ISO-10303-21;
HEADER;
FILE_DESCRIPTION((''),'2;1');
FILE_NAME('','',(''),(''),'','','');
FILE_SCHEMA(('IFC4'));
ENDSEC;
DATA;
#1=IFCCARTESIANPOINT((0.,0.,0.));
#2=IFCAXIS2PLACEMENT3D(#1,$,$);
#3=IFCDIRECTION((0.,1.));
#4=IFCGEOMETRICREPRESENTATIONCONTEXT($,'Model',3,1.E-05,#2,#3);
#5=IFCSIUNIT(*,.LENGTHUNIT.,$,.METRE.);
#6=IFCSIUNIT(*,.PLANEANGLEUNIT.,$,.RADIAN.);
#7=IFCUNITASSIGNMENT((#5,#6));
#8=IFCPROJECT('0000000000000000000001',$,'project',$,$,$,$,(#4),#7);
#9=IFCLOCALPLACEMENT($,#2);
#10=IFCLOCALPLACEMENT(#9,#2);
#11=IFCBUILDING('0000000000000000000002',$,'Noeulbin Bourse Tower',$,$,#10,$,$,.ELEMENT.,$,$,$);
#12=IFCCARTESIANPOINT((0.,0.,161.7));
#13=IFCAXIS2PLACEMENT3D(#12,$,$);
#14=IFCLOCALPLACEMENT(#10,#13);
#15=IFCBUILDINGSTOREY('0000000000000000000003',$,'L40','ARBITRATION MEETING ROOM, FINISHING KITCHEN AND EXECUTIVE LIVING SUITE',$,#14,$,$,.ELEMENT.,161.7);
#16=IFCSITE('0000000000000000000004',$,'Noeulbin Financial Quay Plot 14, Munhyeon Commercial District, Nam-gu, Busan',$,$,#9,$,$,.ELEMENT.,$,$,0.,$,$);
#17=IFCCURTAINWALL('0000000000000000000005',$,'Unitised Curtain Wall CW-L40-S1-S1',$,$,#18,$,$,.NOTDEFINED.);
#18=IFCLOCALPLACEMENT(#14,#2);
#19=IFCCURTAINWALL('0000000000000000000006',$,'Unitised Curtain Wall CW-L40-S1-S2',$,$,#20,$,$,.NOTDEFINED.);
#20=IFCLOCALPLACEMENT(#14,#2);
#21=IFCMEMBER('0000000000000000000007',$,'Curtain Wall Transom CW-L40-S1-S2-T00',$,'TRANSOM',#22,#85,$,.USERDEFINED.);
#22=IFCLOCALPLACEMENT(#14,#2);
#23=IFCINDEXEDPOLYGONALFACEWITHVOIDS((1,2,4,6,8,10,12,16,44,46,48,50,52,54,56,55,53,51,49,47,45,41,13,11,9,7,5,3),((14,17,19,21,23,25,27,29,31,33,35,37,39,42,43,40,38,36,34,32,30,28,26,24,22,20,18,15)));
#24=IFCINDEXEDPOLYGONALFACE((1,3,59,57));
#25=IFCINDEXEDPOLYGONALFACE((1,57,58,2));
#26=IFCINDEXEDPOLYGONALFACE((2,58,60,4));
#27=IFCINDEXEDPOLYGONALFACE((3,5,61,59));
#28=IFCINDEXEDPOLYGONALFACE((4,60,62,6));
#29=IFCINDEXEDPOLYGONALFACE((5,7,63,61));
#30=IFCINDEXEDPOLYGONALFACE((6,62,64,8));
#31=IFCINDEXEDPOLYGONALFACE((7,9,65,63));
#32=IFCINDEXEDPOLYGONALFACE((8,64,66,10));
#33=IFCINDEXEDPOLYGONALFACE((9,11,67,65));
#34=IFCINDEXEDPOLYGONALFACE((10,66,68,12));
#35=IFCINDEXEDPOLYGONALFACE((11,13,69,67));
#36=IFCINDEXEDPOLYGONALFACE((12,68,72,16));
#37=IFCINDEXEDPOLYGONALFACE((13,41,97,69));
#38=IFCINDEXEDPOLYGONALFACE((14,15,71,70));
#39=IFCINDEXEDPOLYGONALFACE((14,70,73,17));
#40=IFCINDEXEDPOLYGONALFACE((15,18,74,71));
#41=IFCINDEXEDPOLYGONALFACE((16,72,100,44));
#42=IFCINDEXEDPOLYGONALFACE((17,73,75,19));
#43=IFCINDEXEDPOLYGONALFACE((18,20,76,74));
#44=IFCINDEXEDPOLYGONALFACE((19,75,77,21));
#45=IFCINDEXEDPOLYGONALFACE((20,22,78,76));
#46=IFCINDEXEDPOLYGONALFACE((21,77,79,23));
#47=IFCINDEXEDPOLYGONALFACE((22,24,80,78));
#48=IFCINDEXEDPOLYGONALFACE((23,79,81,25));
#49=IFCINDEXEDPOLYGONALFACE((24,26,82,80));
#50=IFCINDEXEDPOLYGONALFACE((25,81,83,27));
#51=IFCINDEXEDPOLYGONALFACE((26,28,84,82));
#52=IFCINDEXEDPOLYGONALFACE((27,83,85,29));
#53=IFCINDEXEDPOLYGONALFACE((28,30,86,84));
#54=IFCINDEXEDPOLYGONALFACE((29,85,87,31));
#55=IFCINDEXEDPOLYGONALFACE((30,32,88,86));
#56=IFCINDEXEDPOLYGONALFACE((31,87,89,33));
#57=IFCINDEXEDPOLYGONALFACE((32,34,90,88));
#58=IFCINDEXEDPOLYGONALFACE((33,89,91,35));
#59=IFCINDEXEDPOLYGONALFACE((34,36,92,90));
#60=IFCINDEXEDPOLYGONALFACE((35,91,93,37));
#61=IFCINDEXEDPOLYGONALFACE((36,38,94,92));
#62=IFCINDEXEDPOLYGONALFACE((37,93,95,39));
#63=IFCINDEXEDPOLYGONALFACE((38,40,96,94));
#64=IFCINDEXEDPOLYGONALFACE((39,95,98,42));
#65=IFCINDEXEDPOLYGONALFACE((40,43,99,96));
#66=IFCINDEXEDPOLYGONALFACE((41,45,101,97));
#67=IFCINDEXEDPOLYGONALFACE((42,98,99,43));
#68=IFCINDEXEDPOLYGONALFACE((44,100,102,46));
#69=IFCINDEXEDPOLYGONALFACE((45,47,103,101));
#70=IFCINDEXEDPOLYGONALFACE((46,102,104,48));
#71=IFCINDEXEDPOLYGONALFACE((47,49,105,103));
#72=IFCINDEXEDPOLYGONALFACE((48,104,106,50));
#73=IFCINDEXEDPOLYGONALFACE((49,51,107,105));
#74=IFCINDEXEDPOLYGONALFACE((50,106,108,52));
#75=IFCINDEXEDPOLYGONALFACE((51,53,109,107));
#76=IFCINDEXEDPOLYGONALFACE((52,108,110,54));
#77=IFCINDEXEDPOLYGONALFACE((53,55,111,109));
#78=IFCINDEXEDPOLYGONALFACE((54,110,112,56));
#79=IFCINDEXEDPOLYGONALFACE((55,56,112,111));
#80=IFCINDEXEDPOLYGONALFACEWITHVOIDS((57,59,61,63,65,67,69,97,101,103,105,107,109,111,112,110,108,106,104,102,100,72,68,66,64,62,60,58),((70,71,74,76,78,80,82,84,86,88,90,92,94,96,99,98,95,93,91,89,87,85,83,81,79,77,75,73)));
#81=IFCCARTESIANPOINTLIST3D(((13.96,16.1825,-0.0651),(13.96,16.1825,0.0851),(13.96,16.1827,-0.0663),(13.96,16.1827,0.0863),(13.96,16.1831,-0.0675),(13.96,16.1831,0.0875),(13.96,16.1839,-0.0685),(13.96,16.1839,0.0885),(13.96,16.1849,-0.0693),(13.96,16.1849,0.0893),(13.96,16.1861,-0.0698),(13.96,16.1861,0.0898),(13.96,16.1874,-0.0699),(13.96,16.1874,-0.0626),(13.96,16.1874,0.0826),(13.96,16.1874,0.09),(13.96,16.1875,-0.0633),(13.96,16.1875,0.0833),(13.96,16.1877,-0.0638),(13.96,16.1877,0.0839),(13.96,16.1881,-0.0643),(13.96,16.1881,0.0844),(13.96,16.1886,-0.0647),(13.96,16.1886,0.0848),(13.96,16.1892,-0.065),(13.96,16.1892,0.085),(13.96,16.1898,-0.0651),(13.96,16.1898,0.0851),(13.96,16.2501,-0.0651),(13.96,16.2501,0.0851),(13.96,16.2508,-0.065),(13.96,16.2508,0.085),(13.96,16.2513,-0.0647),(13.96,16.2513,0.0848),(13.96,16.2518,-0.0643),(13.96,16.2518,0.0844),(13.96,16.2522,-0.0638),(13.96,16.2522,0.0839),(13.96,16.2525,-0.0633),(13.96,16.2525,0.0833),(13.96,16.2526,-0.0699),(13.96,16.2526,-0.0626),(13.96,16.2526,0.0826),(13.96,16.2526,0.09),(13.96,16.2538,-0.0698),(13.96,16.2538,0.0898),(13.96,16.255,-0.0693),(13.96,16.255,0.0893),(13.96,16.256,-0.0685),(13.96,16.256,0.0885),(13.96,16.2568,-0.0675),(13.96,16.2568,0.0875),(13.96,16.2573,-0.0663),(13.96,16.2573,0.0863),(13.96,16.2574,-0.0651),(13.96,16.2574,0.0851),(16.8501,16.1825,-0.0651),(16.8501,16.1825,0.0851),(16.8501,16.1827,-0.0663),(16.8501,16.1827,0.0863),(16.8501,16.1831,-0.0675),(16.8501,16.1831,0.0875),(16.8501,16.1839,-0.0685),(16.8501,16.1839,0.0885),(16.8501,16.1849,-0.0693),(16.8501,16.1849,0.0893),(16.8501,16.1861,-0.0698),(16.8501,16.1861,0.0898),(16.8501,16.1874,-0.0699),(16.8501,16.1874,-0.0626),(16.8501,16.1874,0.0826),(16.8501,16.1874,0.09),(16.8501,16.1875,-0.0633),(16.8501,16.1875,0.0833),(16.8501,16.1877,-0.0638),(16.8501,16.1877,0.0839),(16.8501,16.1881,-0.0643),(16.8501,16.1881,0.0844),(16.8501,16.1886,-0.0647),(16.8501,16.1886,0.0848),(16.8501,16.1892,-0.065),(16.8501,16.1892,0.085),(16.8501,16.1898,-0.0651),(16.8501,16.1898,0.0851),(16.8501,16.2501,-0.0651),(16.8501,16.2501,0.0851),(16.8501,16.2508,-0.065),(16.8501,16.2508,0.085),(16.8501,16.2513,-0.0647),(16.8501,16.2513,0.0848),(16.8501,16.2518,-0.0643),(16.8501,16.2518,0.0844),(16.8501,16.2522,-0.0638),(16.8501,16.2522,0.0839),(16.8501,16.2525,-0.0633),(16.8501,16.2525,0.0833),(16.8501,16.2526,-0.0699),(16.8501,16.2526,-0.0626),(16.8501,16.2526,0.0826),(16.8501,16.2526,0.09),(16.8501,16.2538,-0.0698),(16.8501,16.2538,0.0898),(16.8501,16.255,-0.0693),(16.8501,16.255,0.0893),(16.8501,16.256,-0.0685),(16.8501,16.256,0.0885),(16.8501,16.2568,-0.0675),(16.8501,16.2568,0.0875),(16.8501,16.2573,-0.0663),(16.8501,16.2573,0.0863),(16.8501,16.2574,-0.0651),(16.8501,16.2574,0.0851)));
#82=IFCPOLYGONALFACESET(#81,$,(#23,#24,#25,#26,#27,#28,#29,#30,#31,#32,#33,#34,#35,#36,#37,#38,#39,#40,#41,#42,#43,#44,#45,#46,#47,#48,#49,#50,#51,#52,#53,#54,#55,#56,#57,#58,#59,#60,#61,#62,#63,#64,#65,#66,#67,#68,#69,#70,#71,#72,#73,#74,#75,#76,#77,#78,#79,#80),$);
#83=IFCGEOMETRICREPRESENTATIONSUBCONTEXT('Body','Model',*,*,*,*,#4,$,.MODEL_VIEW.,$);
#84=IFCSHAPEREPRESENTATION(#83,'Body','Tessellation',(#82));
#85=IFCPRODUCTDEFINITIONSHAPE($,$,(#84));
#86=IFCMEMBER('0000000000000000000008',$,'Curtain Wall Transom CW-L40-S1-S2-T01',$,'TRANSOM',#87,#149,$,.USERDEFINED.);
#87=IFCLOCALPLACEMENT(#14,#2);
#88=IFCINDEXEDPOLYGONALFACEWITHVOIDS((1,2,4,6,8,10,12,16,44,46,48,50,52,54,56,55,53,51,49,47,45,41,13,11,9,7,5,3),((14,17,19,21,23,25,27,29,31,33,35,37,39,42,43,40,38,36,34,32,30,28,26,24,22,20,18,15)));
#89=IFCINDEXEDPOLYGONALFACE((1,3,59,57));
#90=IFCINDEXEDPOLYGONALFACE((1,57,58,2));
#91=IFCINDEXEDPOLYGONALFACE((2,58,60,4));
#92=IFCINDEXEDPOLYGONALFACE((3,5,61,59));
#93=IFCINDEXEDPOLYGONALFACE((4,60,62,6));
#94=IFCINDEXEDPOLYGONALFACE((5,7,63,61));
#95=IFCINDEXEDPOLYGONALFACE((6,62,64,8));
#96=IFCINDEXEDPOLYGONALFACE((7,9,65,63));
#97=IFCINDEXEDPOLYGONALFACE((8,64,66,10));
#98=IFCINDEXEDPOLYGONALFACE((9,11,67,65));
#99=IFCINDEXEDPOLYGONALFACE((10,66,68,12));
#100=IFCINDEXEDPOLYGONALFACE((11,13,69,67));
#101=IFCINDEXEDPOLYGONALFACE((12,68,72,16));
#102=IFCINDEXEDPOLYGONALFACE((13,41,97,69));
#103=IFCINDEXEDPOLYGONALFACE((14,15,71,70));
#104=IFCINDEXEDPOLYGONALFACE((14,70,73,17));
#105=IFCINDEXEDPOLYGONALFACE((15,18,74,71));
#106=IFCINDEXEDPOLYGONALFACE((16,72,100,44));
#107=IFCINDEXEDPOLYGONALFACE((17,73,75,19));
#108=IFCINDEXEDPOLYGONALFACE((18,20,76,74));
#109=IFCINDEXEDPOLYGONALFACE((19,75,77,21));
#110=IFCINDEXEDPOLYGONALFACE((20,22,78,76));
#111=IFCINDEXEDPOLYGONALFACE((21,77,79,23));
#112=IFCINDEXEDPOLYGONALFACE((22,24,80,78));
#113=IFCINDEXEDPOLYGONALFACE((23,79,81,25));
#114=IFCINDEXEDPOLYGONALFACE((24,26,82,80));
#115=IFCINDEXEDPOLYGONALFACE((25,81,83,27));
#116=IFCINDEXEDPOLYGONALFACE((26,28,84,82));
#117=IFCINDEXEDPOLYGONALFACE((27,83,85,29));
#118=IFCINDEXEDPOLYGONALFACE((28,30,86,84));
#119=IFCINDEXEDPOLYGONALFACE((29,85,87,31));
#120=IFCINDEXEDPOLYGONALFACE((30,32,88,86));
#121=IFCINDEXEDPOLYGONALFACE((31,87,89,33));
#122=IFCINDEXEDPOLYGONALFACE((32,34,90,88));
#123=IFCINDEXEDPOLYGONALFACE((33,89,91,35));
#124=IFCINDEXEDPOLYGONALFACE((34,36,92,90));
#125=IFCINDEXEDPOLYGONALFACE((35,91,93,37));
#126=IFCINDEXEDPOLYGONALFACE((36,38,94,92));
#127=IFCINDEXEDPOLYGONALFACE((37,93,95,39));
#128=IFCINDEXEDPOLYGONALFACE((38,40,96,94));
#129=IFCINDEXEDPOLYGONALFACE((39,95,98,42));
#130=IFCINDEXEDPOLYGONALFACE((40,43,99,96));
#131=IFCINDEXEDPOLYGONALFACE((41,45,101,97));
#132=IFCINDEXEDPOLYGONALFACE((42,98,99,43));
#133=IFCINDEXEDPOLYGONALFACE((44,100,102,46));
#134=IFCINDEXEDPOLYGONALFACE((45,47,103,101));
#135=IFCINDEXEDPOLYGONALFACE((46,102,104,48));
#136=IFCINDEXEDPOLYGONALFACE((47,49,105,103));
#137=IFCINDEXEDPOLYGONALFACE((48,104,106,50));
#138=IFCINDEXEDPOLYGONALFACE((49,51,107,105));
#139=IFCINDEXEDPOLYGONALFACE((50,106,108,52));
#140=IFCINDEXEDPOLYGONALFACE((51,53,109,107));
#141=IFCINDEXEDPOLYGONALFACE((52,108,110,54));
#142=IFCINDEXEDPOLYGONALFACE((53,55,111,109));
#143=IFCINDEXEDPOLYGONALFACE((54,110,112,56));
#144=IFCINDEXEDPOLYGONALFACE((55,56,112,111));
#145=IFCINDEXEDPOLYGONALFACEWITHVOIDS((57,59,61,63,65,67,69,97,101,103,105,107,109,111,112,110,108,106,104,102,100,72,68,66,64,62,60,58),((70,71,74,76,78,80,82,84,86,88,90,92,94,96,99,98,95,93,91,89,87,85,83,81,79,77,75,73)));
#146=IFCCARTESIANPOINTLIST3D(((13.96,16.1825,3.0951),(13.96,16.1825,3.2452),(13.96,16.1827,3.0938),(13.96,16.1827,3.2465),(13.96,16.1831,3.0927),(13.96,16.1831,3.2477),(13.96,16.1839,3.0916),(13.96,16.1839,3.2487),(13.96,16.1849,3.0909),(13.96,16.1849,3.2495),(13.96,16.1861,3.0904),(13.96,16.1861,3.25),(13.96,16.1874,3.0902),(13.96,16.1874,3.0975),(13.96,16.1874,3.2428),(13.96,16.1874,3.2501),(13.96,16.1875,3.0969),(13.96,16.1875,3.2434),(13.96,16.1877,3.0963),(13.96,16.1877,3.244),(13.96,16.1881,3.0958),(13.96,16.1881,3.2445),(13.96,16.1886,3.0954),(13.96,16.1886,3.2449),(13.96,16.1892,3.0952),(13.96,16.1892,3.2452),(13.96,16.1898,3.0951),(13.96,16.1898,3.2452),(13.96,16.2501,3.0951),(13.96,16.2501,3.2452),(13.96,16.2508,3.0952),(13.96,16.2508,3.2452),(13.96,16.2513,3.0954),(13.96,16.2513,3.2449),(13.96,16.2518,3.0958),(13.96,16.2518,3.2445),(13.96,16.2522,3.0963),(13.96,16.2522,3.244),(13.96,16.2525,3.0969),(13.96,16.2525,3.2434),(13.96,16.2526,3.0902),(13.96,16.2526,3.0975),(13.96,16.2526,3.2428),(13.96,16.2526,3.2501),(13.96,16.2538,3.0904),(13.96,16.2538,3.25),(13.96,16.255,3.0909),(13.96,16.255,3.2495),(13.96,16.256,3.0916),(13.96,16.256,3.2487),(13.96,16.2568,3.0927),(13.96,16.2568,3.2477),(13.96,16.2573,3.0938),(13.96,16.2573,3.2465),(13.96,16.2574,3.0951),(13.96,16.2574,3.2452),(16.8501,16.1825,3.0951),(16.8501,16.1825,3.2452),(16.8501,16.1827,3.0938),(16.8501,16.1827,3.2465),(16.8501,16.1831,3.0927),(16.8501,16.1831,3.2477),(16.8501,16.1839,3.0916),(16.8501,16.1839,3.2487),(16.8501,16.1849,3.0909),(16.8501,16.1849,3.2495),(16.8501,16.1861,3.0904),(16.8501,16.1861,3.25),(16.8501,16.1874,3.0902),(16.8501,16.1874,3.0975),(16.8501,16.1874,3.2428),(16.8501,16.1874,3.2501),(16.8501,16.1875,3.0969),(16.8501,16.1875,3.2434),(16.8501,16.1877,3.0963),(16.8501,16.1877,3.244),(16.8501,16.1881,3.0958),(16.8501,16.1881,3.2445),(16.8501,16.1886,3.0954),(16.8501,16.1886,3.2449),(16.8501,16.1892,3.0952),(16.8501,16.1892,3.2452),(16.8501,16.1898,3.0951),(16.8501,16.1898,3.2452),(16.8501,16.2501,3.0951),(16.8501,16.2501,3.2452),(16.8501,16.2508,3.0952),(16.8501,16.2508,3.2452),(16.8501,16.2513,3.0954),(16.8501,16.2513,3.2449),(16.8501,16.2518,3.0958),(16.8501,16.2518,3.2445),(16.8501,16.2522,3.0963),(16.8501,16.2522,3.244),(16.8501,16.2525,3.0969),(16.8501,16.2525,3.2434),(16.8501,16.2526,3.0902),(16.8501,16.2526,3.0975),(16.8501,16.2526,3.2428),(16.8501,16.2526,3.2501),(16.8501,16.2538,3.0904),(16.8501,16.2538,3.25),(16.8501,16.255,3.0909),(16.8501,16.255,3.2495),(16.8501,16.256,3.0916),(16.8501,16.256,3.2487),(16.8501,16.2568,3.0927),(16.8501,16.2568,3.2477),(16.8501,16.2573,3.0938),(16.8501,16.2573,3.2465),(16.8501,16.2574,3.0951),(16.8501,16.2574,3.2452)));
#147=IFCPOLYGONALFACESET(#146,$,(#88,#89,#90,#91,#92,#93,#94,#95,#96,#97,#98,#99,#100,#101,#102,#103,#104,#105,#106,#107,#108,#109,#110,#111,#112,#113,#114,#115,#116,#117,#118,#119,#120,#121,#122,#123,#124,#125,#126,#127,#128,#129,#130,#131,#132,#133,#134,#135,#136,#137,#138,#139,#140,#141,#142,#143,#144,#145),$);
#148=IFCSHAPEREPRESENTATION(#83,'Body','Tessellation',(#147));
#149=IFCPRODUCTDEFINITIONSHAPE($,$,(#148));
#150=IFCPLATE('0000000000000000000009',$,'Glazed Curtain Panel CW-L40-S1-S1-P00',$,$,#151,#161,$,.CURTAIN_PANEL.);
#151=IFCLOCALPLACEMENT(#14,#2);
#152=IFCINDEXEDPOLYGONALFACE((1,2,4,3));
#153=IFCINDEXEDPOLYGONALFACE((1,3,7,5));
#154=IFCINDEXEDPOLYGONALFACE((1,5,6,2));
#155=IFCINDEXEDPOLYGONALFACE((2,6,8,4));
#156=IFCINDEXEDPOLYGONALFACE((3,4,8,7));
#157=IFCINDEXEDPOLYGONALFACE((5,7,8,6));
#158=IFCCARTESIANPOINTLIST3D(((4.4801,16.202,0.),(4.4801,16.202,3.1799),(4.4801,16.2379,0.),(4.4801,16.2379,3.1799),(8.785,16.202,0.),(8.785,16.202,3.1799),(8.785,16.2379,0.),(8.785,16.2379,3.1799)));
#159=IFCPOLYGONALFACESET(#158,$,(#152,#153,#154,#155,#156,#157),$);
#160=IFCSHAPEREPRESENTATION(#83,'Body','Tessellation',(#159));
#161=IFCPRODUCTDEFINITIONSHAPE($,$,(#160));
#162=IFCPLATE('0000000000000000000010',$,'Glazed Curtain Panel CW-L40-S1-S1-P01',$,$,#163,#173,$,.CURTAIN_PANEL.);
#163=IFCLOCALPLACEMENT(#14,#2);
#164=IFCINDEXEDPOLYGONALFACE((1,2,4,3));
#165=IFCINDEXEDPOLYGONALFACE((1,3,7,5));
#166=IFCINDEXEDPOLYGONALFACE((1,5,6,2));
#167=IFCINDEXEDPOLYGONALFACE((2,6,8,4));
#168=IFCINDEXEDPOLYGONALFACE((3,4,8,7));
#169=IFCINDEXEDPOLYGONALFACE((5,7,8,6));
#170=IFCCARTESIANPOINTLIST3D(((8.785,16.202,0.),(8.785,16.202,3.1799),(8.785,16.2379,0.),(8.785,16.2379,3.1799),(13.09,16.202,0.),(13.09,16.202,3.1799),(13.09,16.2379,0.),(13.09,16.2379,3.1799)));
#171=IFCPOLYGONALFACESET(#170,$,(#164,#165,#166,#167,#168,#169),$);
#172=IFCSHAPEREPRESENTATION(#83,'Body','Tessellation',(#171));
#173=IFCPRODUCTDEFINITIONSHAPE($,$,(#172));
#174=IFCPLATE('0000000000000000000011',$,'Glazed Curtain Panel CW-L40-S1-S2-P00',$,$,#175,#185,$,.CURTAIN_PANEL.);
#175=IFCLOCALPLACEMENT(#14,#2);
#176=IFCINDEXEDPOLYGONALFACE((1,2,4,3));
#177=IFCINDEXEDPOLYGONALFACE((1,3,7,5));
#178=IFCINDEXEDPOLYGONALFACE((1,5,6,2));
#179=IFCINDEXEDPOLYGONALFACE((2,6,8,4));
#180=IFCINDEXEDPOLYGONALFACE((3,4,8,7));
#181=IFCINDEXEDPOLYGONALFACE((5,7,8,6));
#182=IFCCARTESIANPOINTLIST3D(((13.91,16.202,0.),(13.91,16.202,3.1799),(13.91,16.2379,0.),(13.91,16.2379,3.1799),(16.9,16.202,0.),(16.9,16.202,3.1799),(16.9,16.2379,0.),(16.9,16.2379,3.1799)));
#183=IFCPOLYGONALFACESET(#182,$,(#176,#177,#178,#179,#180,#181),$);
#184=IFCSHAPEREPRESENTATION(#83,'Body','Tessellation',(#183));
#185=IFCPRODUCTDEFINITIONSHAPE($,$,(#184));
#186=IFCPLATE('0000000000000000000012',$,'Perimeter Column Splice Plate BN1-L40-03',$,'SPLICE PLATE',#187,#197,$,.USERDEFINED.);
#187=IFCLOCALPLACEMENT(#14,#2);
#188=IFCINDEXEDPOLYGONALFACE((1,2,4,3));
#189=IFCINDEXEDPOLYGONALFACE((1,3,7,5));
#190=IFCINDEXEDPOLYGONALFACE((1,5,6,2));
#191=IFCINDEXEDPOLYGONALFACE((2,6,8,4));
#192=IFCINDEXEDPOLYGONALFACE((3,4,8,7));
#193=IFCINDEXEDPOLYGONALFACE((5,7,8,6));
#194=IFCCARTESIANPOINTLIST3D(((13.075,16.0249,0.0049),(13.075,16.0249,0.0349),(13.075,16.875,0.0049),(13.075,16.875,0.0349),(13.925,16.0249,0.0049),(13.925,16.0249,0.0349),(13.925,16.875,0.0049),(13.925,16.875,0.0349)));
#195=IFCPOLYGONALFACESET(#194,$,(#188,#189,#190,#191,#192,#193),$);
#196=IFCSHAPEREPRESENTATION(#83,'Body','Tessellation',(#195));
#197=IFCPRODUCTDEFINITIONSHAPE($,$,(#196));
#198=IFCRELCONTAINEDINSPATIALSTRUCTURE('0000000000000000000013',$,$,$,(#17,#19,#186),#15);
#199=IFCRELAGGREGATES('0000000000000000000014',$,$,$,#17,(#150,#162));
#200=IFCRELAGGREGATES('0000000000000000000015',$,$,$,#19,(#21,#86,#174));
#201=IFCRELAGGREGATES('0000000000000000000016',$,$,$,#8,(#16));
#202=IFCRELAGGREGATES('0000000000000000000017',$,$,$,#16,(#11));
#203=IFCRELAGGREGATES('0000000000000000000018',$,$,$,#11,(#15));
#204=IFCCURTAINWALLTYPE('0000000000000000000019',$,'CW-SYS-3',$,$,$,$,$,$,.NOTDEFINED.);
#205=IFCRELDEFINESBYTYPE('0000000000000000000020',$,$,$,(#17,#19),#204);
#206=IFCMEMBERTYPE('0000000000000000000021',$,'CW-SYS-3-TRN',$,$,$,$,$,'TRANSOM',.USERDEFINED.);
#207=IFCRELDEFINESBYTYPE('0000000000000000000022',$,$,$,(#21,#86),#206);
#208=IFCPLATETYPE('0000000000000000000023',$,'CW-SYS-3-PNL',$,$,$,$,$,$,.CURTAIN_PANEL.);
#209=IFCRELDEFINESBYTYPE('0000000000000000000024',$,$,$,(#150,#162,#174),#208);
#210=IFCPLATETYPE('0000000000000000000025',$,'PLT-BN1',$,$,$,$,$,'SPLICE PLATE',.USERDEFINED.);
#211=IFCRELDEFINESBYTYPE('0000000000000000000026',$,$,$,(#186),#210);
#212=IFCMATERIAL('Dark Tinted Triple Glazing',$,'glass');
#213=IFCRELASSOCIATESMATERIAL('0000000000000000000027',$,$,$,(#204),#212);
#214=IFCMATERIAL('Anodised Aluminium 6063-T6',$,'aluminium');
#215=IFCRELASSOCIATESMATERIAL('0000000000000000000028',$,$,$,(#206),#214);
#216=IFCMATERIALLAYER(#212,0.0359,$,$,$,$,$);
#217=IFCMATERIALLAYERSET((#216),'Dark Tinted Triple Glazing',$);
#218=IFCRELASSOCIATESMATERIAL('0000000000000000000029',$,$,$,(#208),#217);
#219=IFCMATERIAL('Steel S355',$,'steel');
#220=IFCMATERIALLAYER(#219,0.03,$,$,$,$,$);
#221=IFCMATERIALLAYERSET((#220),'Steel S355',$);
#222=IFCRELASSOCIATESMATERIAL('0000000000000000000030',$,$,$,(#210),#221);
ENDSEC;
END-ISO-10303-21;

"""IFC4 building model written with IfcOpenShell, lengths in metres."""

from ifc_helpers import new_model, si_unit, direction, frame, origin, origin_2d, place, context, subcontext, project, spatial, rectangle, hollow_rectangle, extrude, material, layer, layer_set, material_profile, profile_set, type_object, element, aggregate, save


model = new_model("IFC4")

# Units and contexts
model_context = context("Model", 3, precision=1e-05, world=origin(), true_north=direction((0.0, 1.0)))
body_context = subcontext(model_context, "Body", "Model", "MODEL_VIEW")
ifc_project = project(units=[si_unit("LENGTHUNIT", "METRE"), si_unit("PLANEANGLEUNIT", "RADIAN")], contexts=[model_context])

# Site, building, storey
site_placement = place(None, origin())
site = spatial("IfcSite", under=ifc_project, at=site_placement, Name="Noeulbin Financial Quay Plot 14, Munhyeon Commercial District, Nam-gu, Busan", CompositionType="ELEMENT", RefElevation=0.0)
building_placement = place(site_placement, origin())
building = spatial("IfcBuilding", under=site, at=building_placement, Name="Noeulbin Bourse Tower", CompositionType="ELEMENT")
storey_placement = place(building_placement, frame((0.0, 0.0, 161.7)))
storey = spatial("IfcBuildingStorey", under=building, at=storey_placement, Name="L40", Description="ARBITRATION MEETING ROOM, FINISHING KITCHEN AND EXECUTIVE LIVING SUITE", CompositionType="ELEMENT", Elevation=161.7)

# Shared definitions
ifc_material_1 = material(Name="Steel S355", Category="steel")

# Curtain walls
ifc_material_2 = material(Name="Dark Tinted Triple Glazing", Category="glass")
curtain_wall_type = type_object("IfcCurtainWallType", Name="CW-SYS-3", PredefinedType="NOTDEFINED", material=ifc_material_2)
curtain_wall_1_placement = place(storey_placement, origin())
curtain_wall_1 = element("IfcCurtainWall", 1, at=curtain_wall_1_placement, inside=storey, type_object=curtain_wall_type, Name="Unitised Curtain Wall CW-L40-S1-S1", PredefinedType="NOTDEFINED")
ifc_material_3 = material(Name="Anodised Aluminium 6063-T6", Category="aluminium")
curtain_wall_2_placement = place(storey_placement, origin())
curtain_wall_2 = element("IfcCurtainWall", 2, at=curtain_wall_2_placement, inside=storey, type_object=curtain_wall_type, Name="Unitised Curtain Wall CW-L40-S1-S2", PredefinedType="NOTDEFINED")

# Members
ifc_material_profile_1 = material_profile(ifc_material_3, hollow_rectangle(XDim=0.075, YDim=0.1599, WallThickness=0.0049, InnerFilletRadius=0.0024, OuterFilletRadius=0.0049, at=origin_2d()), Name="ALU-TRAN-75x160x5", Category="LoadBearing")
ifc_profile_set_1 = profile_set([ifc_material_profile_1], Name="Anodised Aluminium 6063-T6")
member_type_1 = type_object("IfcMemberType", Name="CW-SYS-3-TRN", ElementType="TRANSOM", PredefinedType="USERDEFINED", material=ifc_profile_set_1)
member_1_placement = place(storey_placement, frame((13.96, 16.22, 0.01), z_axis=(1.0, 0.0, 0.0), x_axis=(0.0, 1.0, 0.0)))
member_1 = element("IfcMember", 3, at=member_1_placement, type_object=member_type_1, Name="Curtain Wall Transom CW-L40-S1-S2-T00", ObjectType="TRANSOM", PredefinedType="USERDEFINED", context=body_context, shape_type="SweptSolid", body=[
    extrude(hollow_rectangle(XDim=0.075, YDim=0.1599, WallThickness=0.0049, InnerFilletRadius=0.0024, OuterFilletRadius=0.0049, at=origin_2d()), origin(), (0.0, 0.0, 1.0), 2.8901),
])
member_2_placement = place(storey_placement, frame((13.96, 16.22, 3.1702), z_axis=(1.0, 0.0, 0.0), x_axis=(0.0, 1.0, 0.0)))
member_2 = element("IfcMember", 4, at=member_2_placement, type_object=member_type_1, Name="Curtain Wall Transom CW-L40-S1-S2-T01", ObjectType="TRANSOM", PredefinedType="USERDEFINED", context=body_context, shape_type="SweptSolid", body=[
    extrude(hollow_rectangle(XDim=0.075, YDim=0.1599, WallThickness=0.0049, InnerFilletRadius=0.0024, OuterFilletRadius=0.0049, at=origin_2d()), origin(), (0.0, 0.0, 1.0), 2.8901),
])

# Plates
ifc_layer_1 = layer(ifc_material_2, 0.0359)
ifc_layer_set_1 = layer_set([ifc_layer_1], Name="Dark Tinted Triple Glazing")
plate_type_1 = type_object("IfcPlateType", Name="CW-SYS-3-PNL", PredefinedType="CURTAIN_PANEL", material=ifc_layer_set_1)
plate_1_placement = place(storey_placement, frame((6.6326, 16.22, 0.0), z_axis=(0.0, 0.0, 1.0), x_axis=(1.0, 0.0, 0.0)))
plate_1 = element("IfcPlate", 5, at=plate_1_placement, type_object=plate_type_1, Name="Glazed Curtain Panel CW-L40-S1-S1-P00", PredefinedType="CURTAIN_PANEL", context=body_context, shape_type="SweptSolid", body=[
    extrude(rectangle(XDim=4.3049, YDim=0.0359, at=origin_2d()), origin(), (0.0, 0.0, 1.0), 3.1799),
])
plate_2_placement = place(storey_placement, frame((10.9375, 16.22, 0.0), z_axis=(0.0, 0.0, 1.0), x_axis=(1.0, 0.0, 0.0)))
plate_2 = element("IfcPlate", 6, at=plate_2_placement, type_object=plate_type_1, Name="Glazed Curtain Panel CW-L40-S1-S1-P01", PredefinedType="CURTAIN_PANEL", context=body_context, shape_type="SweptSolid", body=[
    extrude(rectangle(XDim=4.3049, YDim=0.0359, at=origin_2d()), origin(), (0.0, 0.0, 1.0), 3.1799),
])
aggregate(curtain_wall_1, [plate_1, plate_2])
plate_3_placement = place(storey_placement, frame((15.405, 16.22, 0.0), z_axis=(0.0, 0.0, 1.0), x_axis=(1.0, 0.0, 0.0)))
plate_3 = element("IfcPlate", 7, at=plate_3_placement, type_object=plate_type_1, Name="Glazed Curtain Panel CW-L40-S1-S2-P00", PredefinedType="CURTAIN_PANEL", context=body_context, shape_type="SweptSolid", body=[
    extrude(rectangle(XDim=2.99, YDim=0.0359, at=origin_2d()), origin(), (0.0, 0.0, 1.0), 3.1799),
])
aggregate(curtain_wall_2, [member_1, member_2, plate_3])
ifc_layer_2 = layer(ifc_material_1, 0.03)
ifc_layer_set_2 = layer_set([ifc_layer_2], Name="Steel S355")
plate_type_2 = type_object("IfcPlateType", Name="PLT-BN1", ElementType="SPLICE PLATE", PredefinedType="USERDEFINED", material=ifc_layer_set_2)
plate_4_placement = place(storey_placement, frame((13.5, 16.45, 0.0049), z_axis=(0.0, 0.0, 1.0), x_axis=(1.0, 0.0, 0.0)))
element("IfcPlate", 8, at=plate_4_placement, inside=storey, type_object=plate_type_2, Name="Perimeter Column Splice Plate BN1-L40-03", ObjectType="SPLICE PLATE", PredefinedType="USERDEFINED", context=body_context, shape_type="SweptSolid", body=[
    extrude(rectangle(XDim=0.8501, YDim=0.8501, at=origin_2d()), origin(), (0.0, 0.0, 1.0), 0.03),
])

save(model, "model.ifc")
